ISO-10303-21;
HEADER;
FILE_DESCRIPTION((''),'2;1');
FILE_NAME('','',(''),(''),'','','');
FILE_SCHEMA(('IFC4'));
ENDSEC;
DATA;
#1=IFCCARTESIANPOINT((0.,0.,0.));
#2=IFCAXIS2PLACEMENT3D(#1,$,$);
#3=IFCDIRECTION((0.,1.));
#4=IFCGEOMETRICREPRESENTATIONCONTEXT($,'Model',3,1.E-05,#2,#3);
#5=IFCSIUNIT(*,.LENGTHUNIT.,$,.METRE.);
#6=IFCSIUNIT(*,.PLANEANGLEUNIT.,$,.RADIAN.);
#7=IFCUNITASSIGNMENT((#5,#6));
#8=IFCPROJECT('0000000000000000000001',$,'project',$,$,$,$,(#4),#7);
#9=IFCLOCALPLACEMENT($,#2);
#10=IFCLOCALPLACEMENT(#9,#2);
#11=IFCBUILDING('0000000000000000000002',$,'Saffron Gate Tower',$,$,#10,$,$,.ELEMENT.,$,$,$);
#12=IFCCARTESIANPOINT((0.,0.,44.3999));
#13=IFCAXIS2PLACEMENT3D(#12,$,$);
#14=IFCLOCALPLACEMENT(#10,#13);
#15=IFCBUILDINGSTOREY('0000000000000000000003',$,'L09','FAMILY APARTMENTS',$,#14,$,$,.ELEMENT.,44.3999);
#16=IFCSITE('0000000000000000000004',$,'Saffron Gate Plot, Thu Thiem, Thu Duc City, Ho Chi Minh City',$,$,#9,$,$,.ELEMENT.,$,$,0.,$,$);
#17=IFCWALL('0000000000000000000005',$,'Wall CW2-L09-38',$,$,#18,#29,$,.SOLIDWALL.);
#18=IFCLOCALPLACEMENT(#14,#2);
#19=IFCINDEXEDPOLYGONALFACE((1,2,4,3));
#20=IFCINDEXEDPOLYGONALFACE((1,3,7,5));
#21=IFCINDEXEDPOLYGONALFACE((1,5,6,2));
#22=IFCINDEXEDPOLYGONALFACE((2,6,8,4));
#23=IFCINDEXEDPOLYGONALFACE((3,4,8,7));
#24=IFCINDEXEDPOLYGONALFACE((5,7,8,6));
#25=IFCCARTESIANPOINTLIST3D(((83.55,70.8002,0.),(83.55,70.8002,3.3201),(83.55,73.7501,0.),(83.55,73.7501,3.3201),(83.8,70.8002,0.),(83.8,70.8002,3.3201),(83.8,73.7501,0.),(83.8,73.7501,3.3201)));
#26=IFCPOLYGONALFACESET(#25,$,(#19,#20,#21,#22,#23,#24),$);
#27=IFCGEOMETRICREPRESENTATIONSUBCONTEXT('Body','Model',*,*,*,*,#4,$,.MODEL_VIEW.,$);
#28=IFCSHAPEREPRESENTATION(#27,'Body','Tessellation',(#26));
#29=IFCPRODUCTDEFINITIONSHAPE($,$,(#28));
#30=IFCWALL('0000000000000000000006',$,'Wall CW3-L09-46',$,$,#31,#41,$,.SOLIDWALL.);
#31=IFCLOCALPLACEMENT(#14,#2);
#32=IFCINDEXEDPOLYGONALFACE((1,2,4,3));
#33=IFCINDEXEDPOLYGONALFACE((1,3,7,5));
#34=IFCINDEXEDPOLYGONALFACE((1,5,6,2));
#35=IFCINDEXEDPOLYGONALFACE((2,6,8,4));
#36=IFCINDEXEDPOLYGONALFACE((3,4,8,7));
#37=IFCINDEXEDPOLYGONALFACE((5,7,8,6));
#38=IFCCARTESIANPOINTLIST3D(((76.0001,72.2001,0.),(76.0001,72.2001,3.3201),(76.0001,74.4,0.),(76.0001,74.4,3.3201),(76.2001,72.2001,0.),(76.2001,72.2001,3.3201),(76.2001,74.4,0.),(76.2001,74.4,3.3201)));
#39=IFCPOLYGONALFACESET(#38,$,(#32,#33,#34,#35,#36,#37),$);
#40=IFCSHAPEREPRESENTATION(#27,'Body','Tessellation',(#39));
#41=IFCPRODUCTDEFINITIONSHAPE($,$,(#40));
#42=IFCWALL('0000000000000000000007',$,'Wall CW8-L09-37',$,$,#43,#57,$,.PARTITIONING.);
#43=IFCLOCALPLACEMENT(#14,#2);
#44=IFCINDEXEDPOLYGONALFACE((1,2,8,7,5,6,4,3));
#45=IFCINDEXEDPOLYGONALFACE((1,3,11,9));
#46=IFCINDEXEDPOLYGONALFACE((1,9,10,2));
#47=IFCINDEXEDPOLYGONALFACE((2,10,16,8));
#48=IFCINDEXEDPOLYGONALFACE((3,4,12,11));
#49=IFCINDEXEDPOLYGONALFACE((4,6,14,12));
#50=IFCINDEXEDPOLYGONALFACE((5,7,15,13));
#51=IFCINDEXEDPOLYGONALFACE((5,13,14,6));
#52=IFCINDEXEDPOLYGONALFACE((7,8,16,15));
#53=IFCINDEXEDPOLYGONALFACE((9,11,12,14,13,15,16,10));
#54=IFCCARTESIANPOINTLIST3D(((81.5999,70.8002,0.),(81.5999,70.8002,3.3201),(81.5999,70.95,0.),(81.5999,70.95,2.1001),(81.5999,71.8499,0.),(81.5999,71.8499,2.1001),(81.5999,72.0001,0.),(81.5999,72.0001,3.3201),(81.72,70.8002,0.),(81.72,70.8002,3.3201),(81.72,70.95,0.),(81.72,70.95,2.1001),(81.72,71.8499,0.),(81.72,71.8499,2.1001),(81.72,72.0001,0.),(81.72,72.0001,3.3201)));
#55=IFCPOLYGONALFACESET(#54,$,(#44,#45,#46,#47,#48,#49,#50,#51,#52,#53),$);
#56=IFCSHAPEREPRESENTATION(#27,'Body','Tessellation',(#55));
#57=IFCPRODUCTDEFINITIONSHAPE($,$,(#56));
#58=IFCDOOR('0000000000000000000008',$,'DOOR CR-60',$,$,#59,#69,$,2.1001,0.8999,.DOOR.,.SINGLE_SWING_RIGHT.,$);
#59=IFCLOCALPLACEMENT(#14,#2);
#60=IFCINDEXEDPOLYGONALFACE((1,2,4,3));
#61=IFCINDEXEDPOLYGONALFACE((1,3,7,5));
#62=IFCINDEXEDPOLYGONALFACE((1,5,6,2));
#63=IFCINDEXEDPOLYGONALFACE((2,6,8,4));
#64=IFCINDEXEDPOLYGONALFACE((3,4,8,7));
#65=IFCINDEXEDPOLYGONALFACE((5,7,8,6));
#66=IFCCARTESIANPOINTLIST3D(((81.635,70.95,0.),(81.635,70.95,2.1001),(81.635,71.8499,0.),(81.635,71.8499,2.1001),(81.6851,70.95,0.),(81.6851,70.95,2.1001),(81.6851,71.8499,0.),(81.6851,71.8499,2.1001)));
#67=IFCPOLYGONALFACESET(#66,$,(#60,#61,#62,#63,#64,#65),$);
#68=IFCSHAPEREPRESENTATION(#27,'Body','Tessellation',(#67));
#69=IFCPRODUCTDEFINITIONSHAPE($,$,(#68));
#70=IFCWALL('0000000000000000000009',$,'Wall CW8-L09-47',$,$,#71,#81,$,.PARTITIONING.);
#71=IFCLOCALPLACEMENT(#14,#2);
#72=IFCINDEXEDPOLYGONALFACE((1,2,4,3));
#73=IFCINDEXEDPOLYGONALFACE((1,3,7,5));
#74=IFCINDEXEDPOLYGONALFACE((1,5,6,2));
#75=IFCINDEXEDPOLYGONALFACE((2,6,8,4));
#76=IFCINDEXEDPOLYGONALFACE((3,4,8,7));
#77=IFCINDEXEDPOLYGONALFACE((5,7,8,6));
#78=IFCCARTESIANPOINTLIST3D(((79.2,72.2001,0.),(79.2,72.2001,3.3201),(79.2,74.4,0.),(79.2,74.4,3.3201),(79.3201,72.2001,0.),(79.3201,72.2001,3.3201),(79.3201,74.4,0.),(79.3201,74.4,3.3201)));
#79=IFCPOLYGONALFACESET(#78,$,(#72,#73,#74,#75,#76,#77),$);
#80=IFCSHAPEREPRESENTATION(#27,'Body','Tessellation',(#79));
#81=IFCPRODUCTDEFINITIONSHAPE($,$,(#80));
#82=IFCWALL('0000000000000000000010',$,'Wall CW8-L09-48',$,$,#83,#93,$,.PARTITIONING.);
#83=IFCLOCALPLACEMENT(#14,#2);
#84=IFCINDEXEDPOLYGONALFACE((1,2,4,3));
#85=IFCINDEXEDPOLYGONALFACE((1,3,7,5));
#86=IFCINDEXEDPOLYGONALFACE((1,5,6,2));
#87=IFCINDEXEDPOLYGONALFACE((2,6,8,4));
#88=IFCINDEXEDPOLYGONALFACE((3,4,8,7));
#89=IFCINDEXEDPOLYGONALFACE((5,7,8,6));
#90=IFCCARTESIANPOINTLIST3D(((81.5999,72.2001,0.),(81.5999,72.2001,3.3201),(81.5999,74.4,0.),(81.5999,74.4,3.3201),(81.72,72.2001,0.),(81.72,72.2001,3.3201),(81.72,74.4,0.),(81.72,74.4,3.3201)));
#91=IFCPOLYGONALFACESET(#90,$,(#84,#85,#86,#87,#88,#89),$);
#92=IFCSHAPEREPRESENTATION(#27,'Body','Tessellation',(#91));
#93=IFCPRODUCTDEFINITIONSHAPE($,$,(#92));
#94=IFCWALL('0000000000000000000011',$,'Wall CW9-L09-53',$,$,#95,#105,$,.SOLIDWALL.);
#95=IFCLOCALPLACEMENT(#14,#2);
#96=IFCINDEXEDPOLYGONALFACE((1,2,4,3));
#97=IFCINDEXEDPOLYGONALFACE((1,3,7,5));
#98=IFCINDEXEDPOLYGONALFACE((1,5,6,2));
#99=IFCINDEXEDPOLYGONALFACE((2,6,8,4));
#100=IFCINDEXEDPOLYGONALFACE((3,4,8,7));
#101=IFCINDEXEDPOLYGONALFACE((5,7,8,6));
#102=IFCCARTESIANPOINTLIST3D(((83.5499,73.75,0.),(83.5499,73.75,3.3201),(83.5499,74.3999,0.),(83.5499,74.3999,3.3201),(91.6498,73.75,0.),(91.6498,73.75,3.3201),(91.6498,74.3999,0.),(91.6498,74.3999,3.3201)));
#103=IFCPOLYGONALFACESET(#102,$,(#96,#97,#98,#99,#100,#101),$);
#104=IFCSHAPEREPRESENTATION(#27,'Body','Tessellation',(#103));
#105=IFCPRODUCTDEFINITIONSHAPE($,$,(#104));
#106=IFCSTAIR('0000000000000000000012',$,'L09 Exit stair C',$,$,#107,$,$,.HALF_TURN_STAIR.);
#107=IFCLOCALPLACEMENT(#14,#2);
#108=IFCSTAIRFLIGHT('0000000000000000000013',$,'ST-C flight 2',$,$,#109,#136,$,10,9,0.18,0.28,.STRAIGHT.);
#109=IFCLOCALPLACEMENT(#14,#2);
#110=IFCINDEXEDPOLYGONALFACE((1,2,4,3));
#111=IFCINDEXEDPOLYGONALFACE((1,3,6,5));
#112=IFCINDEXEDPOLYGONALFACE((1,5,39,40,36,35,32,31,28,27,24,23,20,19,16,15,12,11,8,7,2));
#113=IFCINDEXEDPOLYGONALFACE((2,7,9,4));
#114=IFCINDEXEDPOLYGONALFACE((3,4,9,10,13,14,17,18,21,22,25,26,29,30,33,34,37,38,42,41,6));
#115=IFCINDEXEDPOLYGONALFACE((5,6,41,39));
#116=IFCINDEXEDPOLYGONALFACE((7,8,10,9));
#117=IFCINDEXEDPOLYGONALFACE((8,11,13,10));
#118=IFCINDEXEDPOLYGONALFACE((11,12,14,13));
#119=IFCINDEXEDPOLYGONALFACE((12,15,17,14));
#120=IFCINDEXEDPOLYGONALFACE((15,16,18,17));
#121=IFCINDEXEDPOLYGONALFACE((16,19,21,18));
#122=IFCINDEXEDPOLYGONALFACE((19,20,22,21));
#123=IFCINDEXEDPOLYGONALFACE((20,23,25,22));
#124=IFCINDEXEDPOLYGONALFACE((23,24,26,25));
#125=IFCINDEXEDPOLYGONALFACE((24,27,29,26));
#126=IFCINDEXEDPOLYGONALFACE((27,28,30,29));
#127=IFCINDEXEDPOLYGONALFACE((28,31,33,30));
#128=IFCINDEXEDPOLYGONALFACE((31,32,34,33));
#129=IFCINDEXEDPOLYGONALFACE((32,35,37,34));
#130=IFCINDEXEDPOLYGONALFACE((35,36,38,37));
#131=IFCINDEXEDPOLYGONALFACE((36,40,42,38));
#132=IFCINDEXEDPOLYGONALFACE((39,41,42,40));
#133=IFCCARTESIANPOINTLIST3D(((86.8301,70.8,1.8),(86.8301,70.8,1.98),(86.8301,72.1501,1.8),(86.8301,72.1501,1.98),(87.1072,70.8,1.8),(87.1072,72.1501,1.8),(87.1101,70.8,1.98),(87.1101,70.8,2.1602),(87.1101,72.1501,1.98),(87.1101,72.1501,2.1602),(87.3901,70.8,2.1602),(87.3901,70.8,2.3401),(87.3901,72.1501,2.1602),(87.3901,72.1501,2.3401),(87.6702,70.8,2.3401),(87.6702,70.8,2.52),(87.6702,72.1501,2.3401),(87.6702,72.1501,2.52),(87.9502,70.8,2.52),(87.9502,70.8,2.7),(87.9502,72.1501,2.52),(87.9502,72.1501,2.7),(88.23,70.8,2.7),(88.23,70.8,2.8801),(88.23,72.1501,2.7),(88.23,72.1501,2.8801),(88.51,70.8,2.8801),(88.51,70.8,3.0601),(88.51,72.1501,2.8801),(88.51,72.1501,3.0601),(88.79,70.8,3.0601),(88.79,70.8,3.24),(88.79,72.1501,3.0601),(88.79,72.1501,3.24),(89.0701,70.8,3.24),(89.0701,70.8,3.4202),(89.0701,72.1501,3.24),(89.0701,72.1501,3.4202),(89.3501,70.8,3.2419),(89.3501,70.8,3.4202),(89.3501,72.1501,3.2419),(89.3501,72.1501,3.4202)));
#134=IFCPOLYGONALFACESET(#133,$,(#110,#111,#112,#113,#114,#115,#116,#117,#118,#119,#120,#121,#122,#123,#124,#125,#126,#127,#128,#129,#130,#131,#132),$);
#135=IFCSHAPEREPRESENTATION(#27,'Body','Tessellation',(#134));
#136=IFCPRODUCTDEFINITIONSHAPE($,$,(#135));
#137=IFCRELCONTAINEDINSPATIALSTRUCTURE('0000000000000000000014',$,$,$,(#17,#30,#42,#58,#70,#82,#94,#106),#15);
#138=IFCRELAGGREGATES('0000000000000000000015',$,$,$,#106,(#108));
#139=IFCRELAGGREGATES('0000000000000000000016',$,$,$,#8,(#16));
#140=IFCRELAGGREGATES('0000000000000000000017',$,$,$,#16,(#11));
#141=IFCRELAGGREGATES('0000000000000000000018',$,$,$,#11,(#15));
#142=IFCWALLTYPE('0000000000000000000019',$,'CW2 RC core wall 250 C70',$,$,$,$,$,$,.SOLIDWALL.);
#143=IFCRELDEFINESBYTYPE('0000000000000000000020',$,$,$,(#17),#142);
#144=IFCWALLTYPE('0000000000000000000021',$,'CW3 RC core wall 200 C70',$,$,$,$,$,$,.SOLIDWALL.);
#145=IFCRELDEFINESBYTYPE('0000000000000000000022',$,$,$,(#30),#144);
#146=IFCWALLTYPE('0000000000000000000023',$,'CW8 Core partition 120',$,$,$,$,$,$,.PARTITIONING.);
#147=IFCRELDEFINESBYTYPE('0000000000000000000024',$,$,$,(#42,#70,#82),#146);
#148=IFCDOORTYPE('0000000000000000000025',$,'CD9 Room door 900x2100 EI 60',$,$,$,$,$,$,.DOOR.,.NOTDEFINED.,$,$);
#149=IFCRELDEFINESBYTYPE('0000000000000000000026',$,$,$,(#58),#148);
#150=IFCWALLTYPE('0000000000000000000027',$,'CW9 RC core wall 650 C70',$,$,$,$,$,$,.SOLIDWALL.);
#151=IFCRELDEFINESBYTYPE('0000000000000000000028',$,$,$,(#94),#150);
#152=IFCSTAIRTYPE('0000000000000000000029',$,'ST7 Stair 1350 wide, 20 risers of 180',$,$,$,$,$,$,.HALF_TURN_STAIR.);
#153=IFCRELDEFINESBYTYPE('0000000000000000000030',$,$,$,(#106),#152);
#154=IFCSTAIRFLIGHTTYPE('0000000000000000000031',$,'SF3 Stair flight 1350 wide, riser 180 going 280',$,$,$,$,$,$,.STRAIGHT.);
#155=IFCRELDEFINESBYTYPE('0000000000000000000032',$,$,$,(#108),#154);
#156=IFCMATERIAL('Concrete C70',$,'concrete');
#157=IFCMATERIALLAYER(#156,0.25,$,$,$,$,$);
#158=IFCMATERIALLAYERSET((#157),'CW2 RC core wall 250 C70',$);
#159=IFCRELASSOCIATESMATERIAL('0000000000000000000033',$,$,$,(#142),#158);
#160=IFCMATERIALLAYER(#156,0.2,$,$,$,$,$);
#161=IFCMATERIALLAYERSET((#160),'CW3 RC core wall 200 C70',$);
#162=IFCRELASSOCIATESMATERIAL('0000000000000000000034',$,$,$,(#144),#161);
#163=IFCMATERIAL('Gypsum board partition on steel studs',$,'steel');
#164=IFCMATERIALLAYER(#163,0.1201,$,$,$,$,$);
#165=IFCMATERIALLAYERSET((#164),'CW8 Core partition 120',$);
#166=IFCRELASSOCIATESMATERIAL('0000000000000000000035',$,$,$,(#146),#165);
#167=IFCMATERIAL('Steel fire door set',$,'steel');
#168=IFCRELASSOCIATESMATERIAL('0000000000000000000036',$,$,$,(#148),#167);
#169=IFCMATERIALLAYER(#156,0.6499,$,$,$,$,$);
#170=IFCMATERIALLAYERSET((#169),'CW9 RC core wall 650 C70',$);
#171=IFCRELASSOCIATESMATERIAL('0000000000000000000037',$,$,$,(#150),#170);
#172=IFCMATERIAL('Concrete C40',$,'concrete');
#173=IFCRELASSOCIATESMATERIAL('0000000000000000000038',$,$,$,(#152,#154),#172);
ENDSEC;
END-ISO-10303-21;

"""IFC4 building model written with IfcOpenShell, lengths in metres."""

from ifc_helpers import new_model, si_unit, direction, frame, frame_2d, origin, place, context, subcontext, project, spatial, polyline, rectangle, outline, extrude, material, layer, layer_set, type_object, element, fill, aggregate, save


model = new_model("IFC4")

# Units and contexts
model_context = context("Model", 3, precision=1e-05, world=origin(), true_north=direction((0.0, 1.0)))
body_context = subcontext(model_context, "Body", "Model", "MODEL_VIEW")
ifc_project = project(units=[si_unit("LENGTHUNIT", "METRE"), si_unit("PLANEANGLEUNIT", "RADIAN")], contexts=[model_context])

# Site, building, storey
site_placement = place(None, origin())
site = spatial("IfcSite", under=ifc_project, at=site_placement, Name="Saffron Gate Plot, Thu Thiem, Thu Duc City, Ho Chi Minh City", CompositionType="ELEMENT", RefElevation=0.0)
building_placement = place(site_placement, origin())
building = spatial("IfcBuilding", under=site, at=building_placement, Name="Saffron Gate Tower", CompositionType="ELEMENT")
storey_placement = place(building_placement, frame((0.0, 0.0, 44.3999)))
storey = spatial("IfcBuildingStorey", under=building, at=storey_placement, Name="L09", Description="FAMILY APARTMENTS", CompositionType="ELEMENT", Elevation=44.3999)

# Walls
ifc_material_1 = material(Name="Concrete C70", Category="concrete")
ifc_layer_1 = layer(ifc_material_1, 0.25)
ifc_layer_set_1 = layer_set([ifc_layer_1], Name="CW2 RC core wall 250 C70")
wall_type_1 = type_object("IfcWallType", Name="CW2 RC core wall 250 C70", PredefinedType="SOLIDWALL", material=ifc_layer_set_1)
wall_1_placement = place(storey_placement, frame((83.675, 70.8, 0.0), z_axis=(0.0, 0.0, 1.0), x_axis=(0.0, 1.0, 0.0)))
element("IfcWall", 1, at=wall_1_placement, inside=storey, type_object=wall_type_1, Name="Wall CW2-L09-38", PredefinedType="SOLIDWALL", context=body_context, shape_type="SweptSolid", body=[
    extrude(rectangle(XDim=2.95, YDim=0.25, at=frame_2d((1.4751, 0.0))), origin(), (0.0, 0.0, 1.0), 3.3201),
])
ifc_layer_2 = layer(ifc_material_1, 0.2)
ifc_layer_set_2 = layer_set([ifc_layer_2], Name="CW3 RC core wall 200 C70")
wall_type_2 = type_object("IfcWallType", Name="CW3 RC core wall 200 C70", PredefinedType="SOLIDWALL", material=ifc_layer_set_2)
wall_2_placement = place(storey_placement, frame((76.1001, 72.2, 0.0), z_axis=(0.0, 0.0, 1.0), x_axis=(0.0, 1.0, 0.0)))
element("IfcWall", 2, at=wall_2_placement, inside=storey, type_object=wall_type_2, Name="Wall CW3-L09-46", PredefinedType="SOLIDWALL", context=body_context, shape_type="SweptSolid", body=[
    extrude(rectangle(XDim=2.2, YDim=0.2, at=frame_2d((1.1001, 0.0))), origin(), (0.0, 0.0, 1.0), 3.3201),
])

# Wall, opening, door
ifc_material_2 = material(Name="Gypsum board partition on steel studs", Category="steel")
ifc_layer_3 = layer(ifc_material_2, 0.1201)
ifc_layer_set_3 = layer_set([ifc_layer_3], Name="CW8 Core partition 120")
wall_type_3 = type_object("IfcWallType", Name="CW8 Core partition 120", PredefinedType="PARTITIONING", material=ifc_layer_set_3)
wall_3_placement = place(storey_placement, frame((81.6599, 70.8, 0.0), z_axis=(0.0, 0.0, 1.0), x_axis=(0.0, 1.0, 0.0)))
wall_3 = element("IfcWall", 3, at=wall_3_placement, inside=storey, type_object=wall_type_3, Name="Wall CW8-L09-37", PredefinedType="PARTITIONING", context=body_context, shape_type="SweptSolid", body=[
    extrude(rectangle(XDim=1.2, YDim=0.1201, at=frame_2d((0.6001, 0.0))), origin(), (0.0, 0.0, 1.0), 3.3201),
])
opening_placement = place(wall_3_placement, frame((0.1499, 0.0, 0.0)))
opening = element("IfcOpeningElement", 4, at=opening_placement, cuts=wall_3, PredefinedType="OPENING", context=body_context, shape_type="SweptSolid", body=[
    extrude(rectangle(XDim=0.8999, YDim=2.1001, at=frame_2d((0.45, 1.05))), frame((0.0, 0.0701, 0.0), z_axis=(0.0, -1.0, 0.0), x_axis=(1.0, 0.0, 0.0)), (0.0, 0.0, 1.0), 0.1401),
])
ifc_material_3 = material(Name="Steel fire door set", Category="steel")
door_type = type_object("IfcDoorType", Name="CD9 Room door 900x2100 EI 60", OperationType="NOTDEFINED", PredefinedType="DOOR", material=ifc_material_3)
door_placement = place(opening_placement, origin())
door = element("IfcDoor", 5, at=door_placement, inside=storey, type_object=door_type, Name="DOOR CR-60", OperationType="SINGLE_SWING_RIGHT", OverallHeight=2.1001, OverallWidth=0.8999, PredefinedType="DOOR", context=body_context, shape_type="SweptSolid", body=[
    extrude(rectangle(XDim=0.8999, YDim=2.1001, at=frame_2d((0.45, 1.05))), frame((0.0, 0.0249, 0.0), z_axis=(0.0, -1.0, 0.0), x_axis=(1.0, 0.0, 0.0)), (0.0, 0.0, 1.0), 0.05),
])
fill(opening, door)

# Walls
for number, where, z_axis, x_axis, name in (
    (6, (79.26, 72.2, 0.0), (0.0, 0.0, 1.0), (0.0, 1.0, 0.0), "Wall CW8-L09-47"),
    (7, (81.6599, 72.2, 0.0), (0.0, 0.0, 1.0), (0.0, 1.0, 0.0), "Wall CW8-L09-48"),
):
    element("IfcWall", number, at=place(storey_placement, frame(where, z_axis=z_axis, x_axis=x_axis)), inside=storey, type_object=wall_type_3, Name=name, PredefinedType="PARTITIONING", context=body_context, shape_type="SweptSolid", body=[
        extrude(rectangle(XDim=2.2, YDim=0.1201, at=frame_2d((1.1001, 0.0))), origin(), (0.0, 0.0, 1.0), 3.3201),
    ])
ifc_layer_4 = layer(ifc_material_1, 0.6499)
ifc_layer_set_4 = layer_set([ifc_layer_4], Name="CW9 RC core wall 650 C70")
wall_type_4 = type_object("IfcWallType", Name="CW9 RC core wall 650 C70", PredefinedType="SOLIDWALL", material=ifc_layer_set_4)
wall_4_placement = place(storey_placement, frame((83.55, 74.075, 0.0), z_axis=(0.0, 0.0, 1.0), x_axis=(1.0, 0.0, 0.0)))
element("IfcWall", 8, at=wall_4_placement, inside=storey, type_object=wall_type_4, Name="Wall CW9-L09-53", PredefinedType="SOLIDWALL", context=body_context, shape_type="SweptSolid", body=[
    extrude(rectangle(XDim=8.0999, YDim=0.6499, at=frame_2d((4.0498, 0.0))), origin(), (0.0, 0.0, 1.0), 3.3201),
])

# Stair, stair flight
ifc_material_4 = material(Name="Concrete C40", Category="concrete")
stair_type = type_object("IfcStairType", Name="ST7 Stair 1350 wide, 20 risers of 180", PredefinedType="HALF_TURN_STAIR", material=ifc_material_4)
stair_placement = place(storey_placement, origin())
stair = element("IfcStair", 9, at=stair_placement, inside=storey, type_object=stair_type, Name="L09 Exit stair C", PredefinedType="HALF_TURN_STAIR")
stair_flight_type = type_object("IfcStairFlightType", Name="SF3 Stair flight 1350 wide, riser 180 going 280", PredefinedType="STRAIGHT", material=ifc_material_4)
stair_flight_placement = place(storey_placement, frame((86.8301, 71.4751, 1.8), z_axis=(0.0, 0.0, 1.0), x_axis=(1.0, 0.0, 0.0)))
stair_flight = element("IfcStairFlight", 10, at=stair_flight_placement, type_object=stair_flight_type, Name="ST-C flight 2", NumberOfRisers=10, NumberOfTreads=9, PredefinedType="STRAIGHT", RiserHeight=0.18, TreadLength=0.28, context=body_context, shape_type="SweptSolid", body=[
    extrude(outline(polyline([(0.0, 0.0), (0.0, 0.1799), (0.28, 0.1799), (0.28, 0.3601), (0.5601, 0.3601), (0.5601, 0.54), (0.8401, 0.54), (0.8401, 0.72), (1.1201, 0.72), (1.1201, 0.8999), (1.3999, 0.8999), (1.3999, 1.0801), (1.6799, 1.0801), (1.6799, 1.26), (1.96, 1.26), (1.96, 1.4399), (2.24, 1.4399), (2.24, 1.6201), (2.52, 1.6201), (2.52, 1.8), (2.52, 1.4419), (0.2771, 0.0), (0.0, 0.0)])), frame((0.0, 0.675, 0.0), z_axis=(0.0, -1.0, 0.0), x_axis=(1.0, 0.0, 0.0)), (0.0, 0.0, 1.0), 1.3501),
])
aggregate(stair, [stair_flight])

save(model, "model.ifc")
